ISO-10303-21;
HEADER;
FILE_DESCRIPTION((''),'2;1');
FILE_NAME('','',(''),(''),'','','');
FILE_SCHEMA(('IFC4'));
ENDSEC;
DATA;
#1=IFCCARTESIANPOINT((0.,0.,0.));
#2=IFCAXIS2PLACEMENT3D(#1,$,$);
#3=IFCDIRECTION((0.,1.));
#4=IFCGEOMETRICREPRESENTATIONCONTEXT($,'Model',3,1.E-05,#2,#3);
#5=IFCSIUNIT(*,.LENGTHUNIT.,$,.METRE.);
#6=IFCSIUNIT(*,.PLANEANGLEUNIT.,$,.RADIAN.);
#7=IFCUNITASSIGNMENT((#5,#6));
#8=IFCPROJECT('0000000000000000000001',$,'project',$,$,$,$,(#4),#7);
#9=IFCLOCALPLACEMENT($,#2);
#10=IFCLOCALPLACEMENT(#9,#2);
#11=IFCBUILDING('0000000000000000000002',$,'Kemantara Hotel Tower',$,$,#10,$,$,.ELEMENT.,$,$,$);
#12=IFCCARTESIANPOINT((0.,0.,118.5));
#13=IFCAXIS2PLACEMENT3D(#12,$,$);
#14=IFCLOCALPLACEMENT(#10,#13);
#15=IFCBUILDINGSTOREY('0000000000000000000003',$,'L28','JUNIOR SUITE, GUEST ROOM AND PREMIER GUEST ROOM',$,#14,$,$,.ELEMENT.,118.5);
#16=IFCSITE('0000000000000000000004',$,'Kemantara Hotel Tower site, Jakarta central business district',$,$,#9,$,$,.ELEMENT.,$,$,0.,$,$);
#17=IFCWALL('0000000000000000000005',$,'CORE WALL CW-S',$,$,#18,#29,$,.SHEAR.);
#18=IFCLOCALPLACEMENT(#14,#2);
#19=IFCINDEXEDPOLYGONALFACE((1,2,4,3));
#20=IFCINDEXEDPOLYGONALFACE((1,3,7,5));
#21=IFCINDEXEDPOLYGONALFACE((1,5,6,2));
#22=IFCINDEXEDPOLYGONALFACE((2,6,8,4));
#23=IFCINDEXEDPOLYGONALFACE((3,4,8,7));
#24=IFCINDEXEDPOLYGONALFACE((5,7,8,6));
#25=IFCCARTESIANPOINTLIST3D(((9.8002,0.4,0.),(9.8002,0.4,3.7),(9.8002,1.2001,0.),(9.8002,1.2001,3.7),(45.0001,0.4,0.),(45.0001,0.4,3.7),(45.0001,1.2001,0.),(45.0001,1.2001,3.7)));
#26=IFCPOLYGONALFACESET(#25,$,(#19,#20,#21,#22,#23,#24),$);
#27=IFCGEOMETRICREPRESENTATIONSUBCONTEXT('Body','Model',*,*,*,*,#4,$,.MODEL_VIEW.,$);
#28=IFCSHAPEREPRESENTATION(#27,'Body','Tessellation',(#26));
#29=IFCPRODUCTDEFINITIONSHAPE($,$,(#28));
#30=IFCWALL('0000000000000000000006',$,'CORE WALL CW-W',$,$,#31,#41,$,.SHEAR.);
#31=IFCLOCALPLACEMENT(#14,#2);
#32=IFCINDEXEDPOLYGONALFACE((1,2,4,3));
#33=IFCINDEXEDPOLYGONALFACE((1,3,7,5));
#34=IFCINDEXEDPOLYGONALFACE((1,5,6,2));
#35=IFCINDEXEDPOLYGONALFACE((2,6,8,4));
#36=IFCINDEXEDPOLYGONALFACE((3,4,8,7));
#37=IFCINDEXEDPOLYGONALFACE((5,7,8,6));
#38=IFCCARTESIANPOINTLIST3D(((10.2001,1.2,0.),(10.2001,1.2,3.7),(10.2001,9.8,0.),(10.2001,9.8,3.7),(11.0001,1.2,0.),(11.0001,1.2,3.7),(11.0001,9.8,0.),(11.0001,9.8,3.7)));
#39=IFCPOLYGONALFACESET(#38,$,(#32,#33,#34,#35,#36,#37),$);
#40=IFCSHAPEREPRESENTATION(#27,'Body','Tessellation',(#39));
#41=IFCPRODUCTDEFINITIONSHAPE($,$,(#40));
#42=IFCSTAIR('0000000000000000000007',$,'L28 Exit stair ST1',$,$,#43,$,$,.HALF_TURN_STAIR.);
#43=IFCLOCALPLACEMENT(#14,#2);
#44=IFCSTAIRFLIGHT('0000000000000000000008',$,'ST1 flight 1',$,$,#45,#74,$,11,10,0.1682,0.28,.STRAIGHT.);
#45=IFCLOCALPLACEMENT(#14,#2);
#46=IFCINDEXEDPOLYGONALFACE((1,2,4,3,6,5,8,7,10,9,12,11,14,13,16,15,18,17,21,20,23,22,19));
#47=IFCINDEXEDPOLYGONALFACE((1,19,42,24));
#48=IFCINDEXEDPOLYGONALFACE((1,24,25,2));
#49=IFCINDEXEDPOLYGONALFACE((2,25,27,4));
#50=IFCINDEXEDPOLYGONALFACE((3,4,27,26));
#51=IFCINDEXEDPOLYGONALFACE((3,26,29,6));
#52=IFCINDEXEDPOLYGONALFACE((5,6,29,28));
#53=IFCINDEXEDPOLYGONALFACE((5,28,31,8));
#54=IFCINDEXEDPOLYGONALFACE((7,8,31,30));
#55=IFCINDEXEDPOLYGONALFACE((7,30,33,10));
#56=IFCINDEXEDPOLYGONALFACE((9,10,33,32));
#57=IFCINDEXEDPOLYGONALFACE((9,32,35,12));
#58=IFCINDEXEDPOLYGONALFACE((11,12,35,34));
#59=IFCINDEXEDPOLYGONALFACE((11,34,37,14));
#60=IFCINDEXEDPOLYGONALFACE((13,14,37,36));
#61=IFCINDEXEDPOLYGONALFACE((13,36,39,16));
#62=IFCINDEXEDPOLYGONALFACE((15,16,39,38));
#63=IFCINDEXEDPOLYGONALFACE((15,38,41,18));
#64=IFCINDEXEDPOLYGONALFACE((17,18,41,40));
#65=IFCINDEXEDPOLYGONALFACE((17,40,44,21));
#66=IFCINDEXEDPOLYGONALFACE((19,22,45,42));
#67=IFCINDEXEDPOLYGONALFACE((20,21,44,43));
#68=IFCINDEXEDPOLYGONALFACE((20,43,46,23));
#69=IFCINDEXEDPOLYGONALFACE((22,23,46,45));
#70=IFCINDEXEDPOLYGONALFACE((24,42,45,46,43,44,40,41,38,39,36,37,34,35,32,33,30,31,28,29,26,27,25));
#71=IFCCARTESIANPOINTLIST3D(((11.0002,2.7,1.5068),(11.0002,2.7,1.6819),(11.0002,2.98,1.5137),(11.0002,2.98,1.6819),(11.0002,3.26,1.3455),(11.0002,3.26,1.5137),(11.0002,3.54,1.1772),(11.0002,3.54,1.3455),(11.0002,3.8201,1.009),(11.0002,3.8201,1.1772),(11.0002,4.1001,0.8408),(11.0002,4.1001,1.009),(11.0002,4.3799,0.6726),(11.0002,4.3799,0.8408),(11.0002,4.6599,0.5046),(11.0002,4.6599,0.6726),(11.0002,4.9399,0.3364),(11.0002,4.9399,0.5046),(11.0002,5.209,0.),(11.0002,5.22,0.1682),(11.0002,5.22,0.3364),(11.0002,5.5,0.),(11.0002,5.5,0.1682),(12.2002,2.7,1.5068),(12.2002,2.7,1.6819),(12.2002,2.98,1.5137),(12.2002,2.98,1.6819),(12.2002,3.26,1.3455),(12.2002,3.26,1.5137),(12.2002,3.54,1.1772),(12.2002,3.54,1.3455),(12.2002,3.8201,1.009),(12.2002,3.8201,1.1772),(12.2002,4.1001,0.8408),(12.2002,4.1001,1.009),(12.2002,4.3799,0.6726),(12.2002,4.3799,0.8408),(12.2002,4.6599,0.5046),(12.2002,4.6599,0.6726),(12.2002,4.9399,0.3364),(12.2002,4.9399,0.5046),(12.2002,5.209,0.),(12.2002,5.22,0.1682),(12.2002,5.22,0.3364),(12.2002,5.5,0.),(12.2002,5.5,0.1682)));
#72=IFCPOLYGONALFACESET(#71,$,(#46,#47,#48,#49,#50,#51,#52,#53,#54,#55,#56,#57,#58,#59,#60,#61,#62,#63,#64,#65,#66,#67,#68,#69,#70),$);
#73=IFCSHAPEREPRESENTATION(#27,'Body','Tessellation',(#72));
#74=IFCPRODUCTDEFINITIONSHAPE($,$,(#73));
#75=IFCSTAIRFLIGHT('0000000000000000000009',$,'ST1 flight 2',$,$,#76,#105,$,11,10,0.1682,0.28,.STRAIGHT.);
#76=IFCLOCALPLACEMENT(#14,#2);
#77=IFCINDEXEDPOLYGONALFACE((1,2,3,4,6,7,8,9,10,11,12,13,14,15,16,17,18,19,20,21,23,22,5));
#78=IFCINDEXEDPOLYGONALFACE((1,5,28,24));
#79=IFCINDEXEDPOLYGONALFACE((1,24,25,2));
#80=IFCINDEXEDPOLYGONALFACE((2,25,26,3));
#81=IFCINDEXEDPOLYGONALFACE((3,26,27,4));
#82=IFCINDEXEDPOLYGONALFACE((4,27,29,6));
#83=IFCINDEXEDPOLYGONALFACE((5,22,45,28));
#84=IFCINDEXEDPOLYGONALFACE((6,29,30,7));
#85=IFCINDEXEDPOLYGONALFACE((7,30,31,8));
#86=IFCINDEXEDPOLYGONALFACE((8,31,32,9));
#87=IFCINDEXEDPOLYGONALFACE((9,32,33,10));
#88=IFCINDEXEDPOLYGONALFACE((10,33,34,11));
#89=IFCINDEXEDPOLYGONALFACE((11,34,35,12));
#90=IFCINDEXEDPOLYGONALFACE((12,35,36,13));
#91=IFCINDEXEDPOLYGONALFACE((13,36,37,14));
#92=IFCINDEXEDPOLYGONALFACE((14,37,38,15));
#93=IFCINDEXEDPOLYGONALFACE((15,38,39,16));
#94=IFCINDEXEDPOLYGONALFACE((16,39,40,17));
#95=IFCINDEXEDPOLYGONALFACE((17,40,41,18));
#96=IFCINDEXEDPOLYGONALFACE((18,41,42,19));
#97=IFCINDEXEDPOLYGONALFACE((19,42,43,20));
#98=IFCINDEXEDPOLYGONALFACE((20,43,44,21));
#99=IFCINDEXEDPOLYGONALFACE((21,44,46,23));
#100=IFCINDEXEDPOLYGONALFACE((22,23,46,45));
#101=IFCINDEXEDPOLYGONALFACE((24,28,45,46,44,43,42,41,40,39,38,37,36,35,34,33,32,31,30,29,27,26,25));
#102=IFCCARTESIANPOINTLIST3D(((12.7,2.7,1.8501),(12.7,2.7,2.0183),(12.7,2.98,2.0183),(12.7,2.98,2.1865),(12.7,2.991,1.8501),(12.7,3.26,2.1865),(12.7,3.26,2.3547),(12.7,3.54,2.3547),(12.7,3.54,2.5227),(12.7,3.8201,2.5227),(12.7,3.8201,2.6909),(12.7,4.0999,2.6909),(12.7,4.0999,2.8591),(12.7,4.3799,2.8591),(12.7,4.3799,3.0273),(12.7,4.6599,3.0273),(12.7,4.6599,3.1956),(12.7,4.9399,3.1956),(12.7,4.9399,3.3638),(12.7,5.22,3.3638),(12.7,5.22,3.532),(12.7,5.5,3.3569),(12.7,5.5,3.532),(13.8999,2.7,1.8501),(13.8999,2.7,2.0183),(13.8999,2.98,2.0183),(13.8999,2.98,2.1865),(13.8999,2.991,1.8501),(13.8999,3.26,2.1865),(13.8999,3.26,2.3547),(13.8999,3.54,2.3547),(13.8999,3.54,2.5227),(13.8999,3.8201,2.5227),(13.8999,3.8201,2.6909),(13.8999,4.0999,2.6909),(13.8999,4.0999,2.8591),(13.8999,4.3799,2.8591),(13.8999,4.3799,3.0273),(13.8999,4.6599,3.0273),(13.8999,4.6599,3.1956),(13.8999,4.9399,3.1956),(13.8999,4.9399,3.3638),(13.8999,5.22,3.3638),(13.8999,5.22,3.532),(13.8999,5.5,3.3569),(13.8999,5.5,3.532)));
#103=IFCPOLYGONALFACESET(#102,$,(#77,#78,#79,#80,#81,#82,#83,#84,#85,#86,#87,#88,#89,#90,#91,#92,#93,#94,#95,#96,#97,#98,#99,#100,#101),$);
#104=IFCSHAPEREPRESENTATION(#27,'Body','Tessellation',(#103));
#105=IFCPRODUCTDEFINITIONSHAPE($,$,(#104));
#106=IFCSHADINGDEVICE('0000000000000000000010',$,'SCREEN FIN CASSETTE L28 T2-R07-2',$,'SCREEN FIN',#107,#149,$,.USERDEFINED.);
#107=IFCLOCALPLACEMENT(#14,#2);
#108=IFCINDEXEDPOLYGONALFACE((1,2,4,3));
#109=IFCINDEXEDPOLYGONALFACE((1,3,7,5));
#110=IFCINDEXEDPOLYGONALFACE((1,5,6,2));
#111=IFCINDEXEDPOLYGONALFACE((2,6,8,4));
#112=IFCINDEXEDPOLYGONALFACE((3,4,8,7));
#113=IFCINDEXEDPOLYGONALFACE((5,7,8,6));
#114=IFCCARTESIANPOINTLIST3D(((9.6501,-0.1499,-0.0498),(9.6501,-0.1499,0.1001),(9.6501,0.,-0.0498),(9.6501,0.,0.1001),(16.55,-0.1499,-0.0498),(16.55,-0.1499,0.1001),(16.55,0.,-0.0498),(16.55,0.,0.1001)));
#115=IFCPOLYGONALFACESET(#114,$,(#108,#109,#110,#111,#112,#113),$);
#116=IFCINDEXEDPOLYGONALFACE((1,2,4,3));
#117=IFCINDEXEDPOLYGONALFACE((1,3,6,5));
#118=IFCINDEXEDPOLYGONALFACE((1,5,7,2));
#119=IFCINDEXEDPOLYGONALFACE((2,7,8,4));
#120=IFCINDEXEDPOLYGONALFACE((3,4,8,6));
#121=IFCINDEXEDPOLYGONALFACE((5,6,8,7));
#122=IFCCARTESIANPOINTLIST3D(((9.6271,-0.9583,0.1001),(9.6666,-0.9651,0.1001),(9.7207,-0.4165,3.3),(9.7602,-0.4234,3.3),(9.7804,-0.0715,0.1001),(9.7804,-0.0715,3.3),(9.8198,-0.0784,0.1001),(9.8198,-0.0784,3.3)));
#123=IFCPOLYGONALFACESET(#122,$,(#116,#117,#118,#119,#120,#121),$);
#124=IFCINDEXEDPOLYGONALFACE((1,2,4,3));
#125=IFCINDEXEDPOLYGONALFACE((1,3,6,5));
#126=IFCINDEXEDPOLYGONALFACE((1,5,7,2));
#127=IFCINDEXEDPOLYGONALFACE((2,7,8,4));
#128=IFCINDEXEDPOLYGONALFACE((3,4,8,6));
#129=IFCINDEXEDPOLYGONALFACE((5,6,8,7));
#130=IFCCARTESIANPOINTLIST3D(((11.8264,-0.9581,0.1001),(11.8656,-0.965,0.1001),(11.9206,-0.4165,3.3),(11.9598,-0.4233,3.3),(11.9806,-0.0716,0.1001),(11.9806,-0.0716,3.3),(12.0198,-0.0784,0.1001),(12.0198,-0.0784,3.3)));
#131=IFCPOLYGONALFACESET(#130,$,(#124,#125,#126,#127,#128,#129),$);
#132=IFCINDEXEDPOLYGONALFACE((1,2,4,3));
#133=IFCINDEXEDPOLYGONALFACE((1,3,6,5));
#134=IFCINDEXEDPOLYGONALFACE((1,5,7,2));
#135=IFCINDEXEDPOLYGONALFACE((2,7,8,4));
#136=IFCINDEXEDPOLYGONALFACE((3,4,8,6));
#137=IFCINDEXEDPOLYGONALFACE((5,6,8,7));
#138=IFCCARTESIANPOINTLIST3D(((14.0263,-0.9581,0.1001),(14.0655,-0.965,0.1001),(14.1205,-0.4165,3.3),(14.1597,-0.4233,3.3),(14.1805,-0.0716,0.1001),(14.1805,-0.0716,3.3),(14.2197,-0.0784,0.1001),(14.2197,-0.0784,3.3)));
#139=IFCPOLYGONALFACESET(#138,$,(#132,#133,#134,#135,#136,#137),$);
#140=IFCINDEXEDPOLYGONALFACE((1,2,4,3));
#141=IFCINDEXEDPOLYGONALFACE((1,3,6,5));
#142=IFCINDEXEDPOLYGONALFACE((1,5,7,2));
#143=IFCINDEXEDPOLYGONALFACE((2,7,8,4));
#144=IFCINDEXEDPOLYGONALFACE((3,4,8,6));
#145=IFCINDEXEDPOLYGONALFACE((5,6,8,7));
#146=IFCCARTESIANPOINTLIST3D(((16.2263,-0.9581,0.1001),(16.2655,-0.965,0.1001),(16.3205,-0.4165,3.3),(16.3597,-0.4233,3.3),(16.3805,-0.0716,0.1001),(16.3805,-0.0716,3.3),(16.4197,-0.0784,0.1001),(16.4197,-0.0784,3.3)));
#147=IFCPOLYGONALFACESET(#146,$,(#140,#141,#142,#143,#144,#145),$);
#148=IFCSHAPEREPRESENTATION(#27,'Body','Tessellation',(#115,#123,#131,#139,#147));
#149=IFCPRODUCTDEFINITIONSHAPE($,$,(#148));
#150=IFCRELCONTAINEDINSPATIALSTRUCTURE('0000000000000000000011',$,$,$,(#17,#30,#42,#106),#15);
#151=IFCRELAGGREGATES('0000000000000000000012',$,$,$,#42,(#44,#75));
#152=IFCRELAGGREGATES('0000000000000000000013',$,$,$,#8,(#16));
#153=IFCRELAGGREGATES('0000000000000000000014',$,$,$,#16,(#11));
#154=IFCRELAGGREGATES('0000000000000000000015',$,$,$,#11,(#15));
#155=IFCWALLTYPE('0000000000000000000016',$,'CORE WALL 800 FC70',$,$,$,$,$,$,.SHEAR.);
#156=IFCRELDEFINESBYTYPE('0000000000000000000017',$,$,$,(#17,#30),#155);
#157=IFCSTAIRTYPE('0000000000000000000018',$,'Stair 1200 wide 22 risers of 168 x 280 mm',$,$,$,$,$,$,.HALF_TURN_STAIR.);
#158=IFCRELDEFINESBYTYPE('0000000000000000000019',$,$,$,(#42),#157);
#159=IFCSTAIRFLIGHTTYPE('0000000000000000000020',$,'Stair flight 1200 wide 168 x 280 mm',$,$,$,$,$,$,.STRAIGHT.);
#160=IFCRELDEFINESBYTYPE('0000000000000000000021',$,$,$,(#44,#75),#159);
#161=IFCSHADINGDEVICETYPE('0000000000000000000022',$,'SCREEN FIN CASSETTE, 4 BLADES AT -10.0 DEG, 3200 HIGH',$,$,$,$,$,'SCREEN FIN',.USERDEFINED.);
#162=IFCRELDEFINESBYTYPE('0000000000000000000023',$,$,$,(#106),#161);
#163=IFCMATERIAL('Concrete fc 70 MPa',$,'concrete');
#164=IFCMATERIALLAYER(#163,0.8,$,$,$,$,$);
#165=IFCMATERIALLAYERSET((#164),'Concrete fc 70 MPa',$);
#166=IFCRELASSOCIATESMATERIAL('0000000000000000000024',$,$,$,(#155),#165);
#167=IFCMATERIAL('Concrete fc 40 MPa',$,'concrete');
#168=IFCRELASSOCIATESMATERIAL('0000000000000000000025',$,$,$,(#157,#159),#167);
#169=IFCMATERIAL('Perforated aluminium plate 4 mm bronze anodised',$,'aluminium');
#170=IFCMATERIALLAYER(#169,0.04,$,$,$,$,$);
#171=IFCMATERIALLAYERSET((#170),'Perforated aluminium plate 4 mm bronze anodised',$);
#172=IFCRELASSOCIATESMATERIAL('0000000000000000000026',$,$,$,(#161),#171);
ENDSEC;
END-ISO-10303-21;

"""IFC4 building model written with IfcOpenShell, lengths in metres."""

from ifc_helpers import new_model, si_unit, direction, frame, frame_2d, origin, origin_2d, place, context, subcontext, project, spatial, polyline, rectangle, outline, extrude, source, transform, mapped, material, layer, layer_set, type_object, element, aggregate, save


model = new_model("IFC4")

# Units and contexts
model_context = context("Model", 3, precision=1e-05, world=origin(), true_north=direction((0.0, 1.0)))
body_context = subcontext(model_context, "Body", "Model", "MODEL_VIEW")
ifc_project = project(units=[si_unit("LENGTHUNIT", "METRE"), si_unit("PLANEANGLEUNIT", "RADIAN")], contexts=[model_context])

# Site, building, storey
site_placement = place(None, origin())
site = spatial("IfcSite", under=ifc_project, at=site_placement, Name="Kemantara Hotel Tower site, Jakarta central business district", CompositionType="ELEMENT", RefElevation=0.0)
building_placement = place(site_placement, origin())
building = spatial("IfcBuilding", under=site, at=building_placement, Name="Kemantara Hotel Tower", CompositionType="ELEMENT")
storey_placement = place(building_placement, frame((0.0, 0.0, 118.5)))
storey = spatial("IfcBuildingStorey", under=building, at=storey_placement, Name="L28", Description="JUNIOR SUITE, GUEST ROOM AND PREMIER GUEST ROOM", CompositionType="ELEMENT", Elevation=118.5)

# Shared definitions
ifc_material_1 = material(Name="Concrete fc 70 MPa", Category="concrete")

# Walls
ifc_layer_1 = layer(ifc_material_1, 0.8)
ifc_layer_set_1 = layer_set([ifc_layer_1], Name="Concrete fc 70 MPa")
wall_type_1 = type_object("IfcWallType", Name="CORE WALL 800 FC70", PredefinedType="SHEAR", material=ifc_layer_set_1)
wall_1_placement = place(storey_placement, frame((9.8, 0.8, 0.0), z_axis=(0.0, 0.0, 1.0), x_axis=(1.0, 0.0, 0.0)))
element("IfcWall", 1, at=wall_1_placement, inside=storey, type_object=wall_type_1, Name="CORE WALL CW-S", PredefinedType="SHEAR", context=body_context, shape_type="SweptSolid", body=[
    extrude(rectangle(XDim=35.2, YDim=0.8, at=frame_2d((17.6001, 0.0))), origin(), (0.0, 0.0, 1.0), 3.7),
])
wall_2_placement = place(storey_placement, frame((10.6001, 1.2, 0.0), z_axis=(0.0, 0.0, 1.0), x_axis=(0.0, 1.0, 0.0)))
element("IfcWall", 2, at=wall_2_placement, inside=storey, type_object=wall_type_1, Name="CORE WALL CW-W", PredefinedType="SHEAR", context=body_context, shape_type="SweptSolid", body=[
    extrude(rectangle(XDim=8.6001, YDim=0.8, at=frame_2d((4.3, 0.0))), origin(), (0.0, 0.0, 1.0), 3.7),
])

# Stair, stair flights
ifc_material_2 = material(Name="Concrete fc 40 MPa", Category="concrete")
stair_type = type_object("IfcStairType", Name="Stair 1200 wide 22 risers of 168 x 280 mm", PredefinedType="HALF_TURN_STAIR", material=ifc_material_2)
stair_placement = place(storey_placement, origin())
stair = element("IfcStair", 3, at=stair_placement, inside=storey, type_object=stair_type, Name="L28 Exit stair ST1", PredefinedType="HALF_TURN_STAIR")
stair_flight_type = type_object("IfcStairFlightType", Name="Stair flight 1200 wide 168 x 280 mm", PredefinedType="STRAIGHT", material=ifc_material_2)
stair_flight_1_placement = place(storey_placement, frame((11.6001, 5.5, 0.0), z_axis=(0.0, 0.0, 1.0), x_axis=(0.0, -1.0, 0.0)))
stair_flight_1 = element("IfcStairFlight", 4, at=stair_flight_1_placement, type_object=stair_flight_type, Name="ST1 flight 1", NumberOfRisers=11, NumberOfTreads=10, PredefinedType="STRAIGHT", RiserHeight=0.1682, TreadLength=0.28, context=body_context, shape_type="SweptSolid", body=[
    extrude(outline(polyline([(0.0, 0.0), (0.0, 0.1682), (0.28, 0.1682), (0.28, 0.3364), (0.5601, 0.3364), (0.5601, 0.5046), (0.8401, 0.5046), (0.8401, 0.6726), (1.1201, 0.6726), (1.1201, 0.8408), (1.3999, 0.8408), (1.3999, 1.009), (1.6799, 1.009), (1.6799, 1.1772), (1.96, 1.1772), (1.96, 1.3455), (2.24, 1.3455), (2.24, 1.5137), (2.52, 1.5137), (2.52, 1.6819), (2.8, 1.6819), (2.8, 1.8501), (2.8, 1.5068), (0.291, 0.0), (0.0, 0.0)])), frame((0.0, 0.6001, 0.0), z_axis=(0.0, -1.0, 0.0), x_axis=(1.0, 0.0, 0.0)), (0.0, 0.0, 1.0), 1.2),
])
stair_flight_2_placement = place(storey_placement, frame((13.3, 2.7, 1.8501), z_axis=(0.0, 0.0, 1.0), x_axis=(0.0, 1.0, 0.0)))
stair_flight_2 = element("IfcStairFlight", 5, at=stair_flight_2_placement, type_object=stair_flight_type, Name="ST1 flight 2", NumberOfRisers=11, NumberOfTreads=10, PredefinedType="STRAIGHT", RiserHeight=0.1682, TreadLength=0.28, context=body_context, shape_type="SweptSolid", body=[
    extrude(outline(polyline([(0.0, 0.0), (0.0, 0.1682), (0.28, 0.1682), (0.28, 0.3364), (0.5601, 0.3364), (0.5601, 0.5046), (0.8401, 0.5046), (0.8401, 0.6726), (1.1201, 0.6726), (1.1201, 0.8408), (1.3999, 0.8408), (1.3999, 1.009), (1.6799, 1.009), (1.6799, 1.1772), (1.96, 1.1772), (1.96, 1.3455), (2.24, 1.3455), (2.24, 1.5137), (2.52, 1.5137), (2.52, 1.6819), (2.8, 1.6819), (2.8, 1.8501), (2.8, 1.5068), (0.291, 0.0), (0.0, 0.0)])), frame((0.0, 0.6001, 0.0), z_axis=(0.0, -1.0, 0.0), x_axis=(1.0, 0.0, 0.0)), (0.0, 0.0, 1.0), 1.2),
])
aggregate(stair, [stair_flight_1, stair_flight_2])

# Shading device
ifc_material_3 = material(Name="Perforated aluminium plate 4 mm bronze anodised", Category="aluminium")
ifc_layer_2 = layer(ifc_material_3, 0.04)
ifc_layer_set_2 = layer_set([ifc_layer_2], Name="Perforated aluminium plate 4 mm bronze anodised")
shading_device_type = type_object("IfcShadingDeviceType", Name="SCREEN FIN CASSETTE, 4 BLADES AT -10.0 DEG, 3200 HIGH", ElementType="SCREEN FIN", PredefinedType="USERDEFINED", material=ifc_layer_set_2)
shared_shape = source(origin(), body_context, "Body", "SweptSolid", [
    extrude(rectangle(XDim=6.8999, YDim=0.1499, at=origin_2d()), frame((3.3, -0.075, -0.1499), z_axis=(0.0, 0.0, 1.0), x_axis=(1.0, 0.0, 0.0)), (0.0, 0.0, 1.0), 0.1499),
    extrude(outline(polyline([(0.0, 0.0), (0.8999, 0.0), (0.3501, 3.2), (0.0, 3.2), (0.0, 0.0)])), frame((0.0198, -0.0784, 0.0), z_axis=(-0.98539, 0.170314, 0.0), x_axis=(-0.170314, -0.98539, 0.0)), (0.0, 0.0, 1.0), 0.04),
    extrude(outline(polyline([(0.0, 0.0), (0.8999, 0.0), (0.3501, 3.2), (0.0, 3.2), (0.0, 0.0)])), frame((2.2197, -0.0784, 0.0), z_axis=(-0.985212, 0.171341, 0.0), x_axis=(-0.171341, -0.985212, 0.0)), (0.0, 0.0, 1.0), 0.0398),
    extrude(outline(polyline([(0.0, 0.0), (0.8999, 0.0), (0.3501, 3.2), (0.0, 3.2), (0.0, 0.0)])), frame((4.4197, -0.0784, 0.0), z_axis=(-0.985212, 0.171341, 0.0), x_axis=(-0.171341, -0.985212, 0.0)), (0.0, 0.0, 1.0), 0.0398),
    extrude(outline(polyline([(0.0, 0.0), (0.8999, 0.0), (0.3501, 3.2), (0.0, 3.2), (0.0, 0.0)])), frame((6.6196, -0.0784, 0.0), z_axis=(-0.985212, 0.171341, 0.0), x_axis=(-0.171341, -0.985212, 0.0)), (0.0, 0.0, 1.0), 0.0398),
])
shading_device_placement = place(storey_placement, frame((9.8, 0.0, 0.1001), z_axis=(0.0, 0.0, 1.0), x_axis=(1.0, 0.0, 0.0)))
element("IfcShadingDevice", 6, at=shading_device_placement, inside=storey, type_object=shading_device_type, Name="SCREEN FIN CASSETTE L28 T2-R07-2", ObjectType="SCREEN FIN", PredefinedType="USERDEFINED", context=body_context, shape_type="MappedRepresentation", body=[
    mapped(shared_shape, transform((0.0, 0.0, 0.0))),
])

save(model, "model.ifc")
